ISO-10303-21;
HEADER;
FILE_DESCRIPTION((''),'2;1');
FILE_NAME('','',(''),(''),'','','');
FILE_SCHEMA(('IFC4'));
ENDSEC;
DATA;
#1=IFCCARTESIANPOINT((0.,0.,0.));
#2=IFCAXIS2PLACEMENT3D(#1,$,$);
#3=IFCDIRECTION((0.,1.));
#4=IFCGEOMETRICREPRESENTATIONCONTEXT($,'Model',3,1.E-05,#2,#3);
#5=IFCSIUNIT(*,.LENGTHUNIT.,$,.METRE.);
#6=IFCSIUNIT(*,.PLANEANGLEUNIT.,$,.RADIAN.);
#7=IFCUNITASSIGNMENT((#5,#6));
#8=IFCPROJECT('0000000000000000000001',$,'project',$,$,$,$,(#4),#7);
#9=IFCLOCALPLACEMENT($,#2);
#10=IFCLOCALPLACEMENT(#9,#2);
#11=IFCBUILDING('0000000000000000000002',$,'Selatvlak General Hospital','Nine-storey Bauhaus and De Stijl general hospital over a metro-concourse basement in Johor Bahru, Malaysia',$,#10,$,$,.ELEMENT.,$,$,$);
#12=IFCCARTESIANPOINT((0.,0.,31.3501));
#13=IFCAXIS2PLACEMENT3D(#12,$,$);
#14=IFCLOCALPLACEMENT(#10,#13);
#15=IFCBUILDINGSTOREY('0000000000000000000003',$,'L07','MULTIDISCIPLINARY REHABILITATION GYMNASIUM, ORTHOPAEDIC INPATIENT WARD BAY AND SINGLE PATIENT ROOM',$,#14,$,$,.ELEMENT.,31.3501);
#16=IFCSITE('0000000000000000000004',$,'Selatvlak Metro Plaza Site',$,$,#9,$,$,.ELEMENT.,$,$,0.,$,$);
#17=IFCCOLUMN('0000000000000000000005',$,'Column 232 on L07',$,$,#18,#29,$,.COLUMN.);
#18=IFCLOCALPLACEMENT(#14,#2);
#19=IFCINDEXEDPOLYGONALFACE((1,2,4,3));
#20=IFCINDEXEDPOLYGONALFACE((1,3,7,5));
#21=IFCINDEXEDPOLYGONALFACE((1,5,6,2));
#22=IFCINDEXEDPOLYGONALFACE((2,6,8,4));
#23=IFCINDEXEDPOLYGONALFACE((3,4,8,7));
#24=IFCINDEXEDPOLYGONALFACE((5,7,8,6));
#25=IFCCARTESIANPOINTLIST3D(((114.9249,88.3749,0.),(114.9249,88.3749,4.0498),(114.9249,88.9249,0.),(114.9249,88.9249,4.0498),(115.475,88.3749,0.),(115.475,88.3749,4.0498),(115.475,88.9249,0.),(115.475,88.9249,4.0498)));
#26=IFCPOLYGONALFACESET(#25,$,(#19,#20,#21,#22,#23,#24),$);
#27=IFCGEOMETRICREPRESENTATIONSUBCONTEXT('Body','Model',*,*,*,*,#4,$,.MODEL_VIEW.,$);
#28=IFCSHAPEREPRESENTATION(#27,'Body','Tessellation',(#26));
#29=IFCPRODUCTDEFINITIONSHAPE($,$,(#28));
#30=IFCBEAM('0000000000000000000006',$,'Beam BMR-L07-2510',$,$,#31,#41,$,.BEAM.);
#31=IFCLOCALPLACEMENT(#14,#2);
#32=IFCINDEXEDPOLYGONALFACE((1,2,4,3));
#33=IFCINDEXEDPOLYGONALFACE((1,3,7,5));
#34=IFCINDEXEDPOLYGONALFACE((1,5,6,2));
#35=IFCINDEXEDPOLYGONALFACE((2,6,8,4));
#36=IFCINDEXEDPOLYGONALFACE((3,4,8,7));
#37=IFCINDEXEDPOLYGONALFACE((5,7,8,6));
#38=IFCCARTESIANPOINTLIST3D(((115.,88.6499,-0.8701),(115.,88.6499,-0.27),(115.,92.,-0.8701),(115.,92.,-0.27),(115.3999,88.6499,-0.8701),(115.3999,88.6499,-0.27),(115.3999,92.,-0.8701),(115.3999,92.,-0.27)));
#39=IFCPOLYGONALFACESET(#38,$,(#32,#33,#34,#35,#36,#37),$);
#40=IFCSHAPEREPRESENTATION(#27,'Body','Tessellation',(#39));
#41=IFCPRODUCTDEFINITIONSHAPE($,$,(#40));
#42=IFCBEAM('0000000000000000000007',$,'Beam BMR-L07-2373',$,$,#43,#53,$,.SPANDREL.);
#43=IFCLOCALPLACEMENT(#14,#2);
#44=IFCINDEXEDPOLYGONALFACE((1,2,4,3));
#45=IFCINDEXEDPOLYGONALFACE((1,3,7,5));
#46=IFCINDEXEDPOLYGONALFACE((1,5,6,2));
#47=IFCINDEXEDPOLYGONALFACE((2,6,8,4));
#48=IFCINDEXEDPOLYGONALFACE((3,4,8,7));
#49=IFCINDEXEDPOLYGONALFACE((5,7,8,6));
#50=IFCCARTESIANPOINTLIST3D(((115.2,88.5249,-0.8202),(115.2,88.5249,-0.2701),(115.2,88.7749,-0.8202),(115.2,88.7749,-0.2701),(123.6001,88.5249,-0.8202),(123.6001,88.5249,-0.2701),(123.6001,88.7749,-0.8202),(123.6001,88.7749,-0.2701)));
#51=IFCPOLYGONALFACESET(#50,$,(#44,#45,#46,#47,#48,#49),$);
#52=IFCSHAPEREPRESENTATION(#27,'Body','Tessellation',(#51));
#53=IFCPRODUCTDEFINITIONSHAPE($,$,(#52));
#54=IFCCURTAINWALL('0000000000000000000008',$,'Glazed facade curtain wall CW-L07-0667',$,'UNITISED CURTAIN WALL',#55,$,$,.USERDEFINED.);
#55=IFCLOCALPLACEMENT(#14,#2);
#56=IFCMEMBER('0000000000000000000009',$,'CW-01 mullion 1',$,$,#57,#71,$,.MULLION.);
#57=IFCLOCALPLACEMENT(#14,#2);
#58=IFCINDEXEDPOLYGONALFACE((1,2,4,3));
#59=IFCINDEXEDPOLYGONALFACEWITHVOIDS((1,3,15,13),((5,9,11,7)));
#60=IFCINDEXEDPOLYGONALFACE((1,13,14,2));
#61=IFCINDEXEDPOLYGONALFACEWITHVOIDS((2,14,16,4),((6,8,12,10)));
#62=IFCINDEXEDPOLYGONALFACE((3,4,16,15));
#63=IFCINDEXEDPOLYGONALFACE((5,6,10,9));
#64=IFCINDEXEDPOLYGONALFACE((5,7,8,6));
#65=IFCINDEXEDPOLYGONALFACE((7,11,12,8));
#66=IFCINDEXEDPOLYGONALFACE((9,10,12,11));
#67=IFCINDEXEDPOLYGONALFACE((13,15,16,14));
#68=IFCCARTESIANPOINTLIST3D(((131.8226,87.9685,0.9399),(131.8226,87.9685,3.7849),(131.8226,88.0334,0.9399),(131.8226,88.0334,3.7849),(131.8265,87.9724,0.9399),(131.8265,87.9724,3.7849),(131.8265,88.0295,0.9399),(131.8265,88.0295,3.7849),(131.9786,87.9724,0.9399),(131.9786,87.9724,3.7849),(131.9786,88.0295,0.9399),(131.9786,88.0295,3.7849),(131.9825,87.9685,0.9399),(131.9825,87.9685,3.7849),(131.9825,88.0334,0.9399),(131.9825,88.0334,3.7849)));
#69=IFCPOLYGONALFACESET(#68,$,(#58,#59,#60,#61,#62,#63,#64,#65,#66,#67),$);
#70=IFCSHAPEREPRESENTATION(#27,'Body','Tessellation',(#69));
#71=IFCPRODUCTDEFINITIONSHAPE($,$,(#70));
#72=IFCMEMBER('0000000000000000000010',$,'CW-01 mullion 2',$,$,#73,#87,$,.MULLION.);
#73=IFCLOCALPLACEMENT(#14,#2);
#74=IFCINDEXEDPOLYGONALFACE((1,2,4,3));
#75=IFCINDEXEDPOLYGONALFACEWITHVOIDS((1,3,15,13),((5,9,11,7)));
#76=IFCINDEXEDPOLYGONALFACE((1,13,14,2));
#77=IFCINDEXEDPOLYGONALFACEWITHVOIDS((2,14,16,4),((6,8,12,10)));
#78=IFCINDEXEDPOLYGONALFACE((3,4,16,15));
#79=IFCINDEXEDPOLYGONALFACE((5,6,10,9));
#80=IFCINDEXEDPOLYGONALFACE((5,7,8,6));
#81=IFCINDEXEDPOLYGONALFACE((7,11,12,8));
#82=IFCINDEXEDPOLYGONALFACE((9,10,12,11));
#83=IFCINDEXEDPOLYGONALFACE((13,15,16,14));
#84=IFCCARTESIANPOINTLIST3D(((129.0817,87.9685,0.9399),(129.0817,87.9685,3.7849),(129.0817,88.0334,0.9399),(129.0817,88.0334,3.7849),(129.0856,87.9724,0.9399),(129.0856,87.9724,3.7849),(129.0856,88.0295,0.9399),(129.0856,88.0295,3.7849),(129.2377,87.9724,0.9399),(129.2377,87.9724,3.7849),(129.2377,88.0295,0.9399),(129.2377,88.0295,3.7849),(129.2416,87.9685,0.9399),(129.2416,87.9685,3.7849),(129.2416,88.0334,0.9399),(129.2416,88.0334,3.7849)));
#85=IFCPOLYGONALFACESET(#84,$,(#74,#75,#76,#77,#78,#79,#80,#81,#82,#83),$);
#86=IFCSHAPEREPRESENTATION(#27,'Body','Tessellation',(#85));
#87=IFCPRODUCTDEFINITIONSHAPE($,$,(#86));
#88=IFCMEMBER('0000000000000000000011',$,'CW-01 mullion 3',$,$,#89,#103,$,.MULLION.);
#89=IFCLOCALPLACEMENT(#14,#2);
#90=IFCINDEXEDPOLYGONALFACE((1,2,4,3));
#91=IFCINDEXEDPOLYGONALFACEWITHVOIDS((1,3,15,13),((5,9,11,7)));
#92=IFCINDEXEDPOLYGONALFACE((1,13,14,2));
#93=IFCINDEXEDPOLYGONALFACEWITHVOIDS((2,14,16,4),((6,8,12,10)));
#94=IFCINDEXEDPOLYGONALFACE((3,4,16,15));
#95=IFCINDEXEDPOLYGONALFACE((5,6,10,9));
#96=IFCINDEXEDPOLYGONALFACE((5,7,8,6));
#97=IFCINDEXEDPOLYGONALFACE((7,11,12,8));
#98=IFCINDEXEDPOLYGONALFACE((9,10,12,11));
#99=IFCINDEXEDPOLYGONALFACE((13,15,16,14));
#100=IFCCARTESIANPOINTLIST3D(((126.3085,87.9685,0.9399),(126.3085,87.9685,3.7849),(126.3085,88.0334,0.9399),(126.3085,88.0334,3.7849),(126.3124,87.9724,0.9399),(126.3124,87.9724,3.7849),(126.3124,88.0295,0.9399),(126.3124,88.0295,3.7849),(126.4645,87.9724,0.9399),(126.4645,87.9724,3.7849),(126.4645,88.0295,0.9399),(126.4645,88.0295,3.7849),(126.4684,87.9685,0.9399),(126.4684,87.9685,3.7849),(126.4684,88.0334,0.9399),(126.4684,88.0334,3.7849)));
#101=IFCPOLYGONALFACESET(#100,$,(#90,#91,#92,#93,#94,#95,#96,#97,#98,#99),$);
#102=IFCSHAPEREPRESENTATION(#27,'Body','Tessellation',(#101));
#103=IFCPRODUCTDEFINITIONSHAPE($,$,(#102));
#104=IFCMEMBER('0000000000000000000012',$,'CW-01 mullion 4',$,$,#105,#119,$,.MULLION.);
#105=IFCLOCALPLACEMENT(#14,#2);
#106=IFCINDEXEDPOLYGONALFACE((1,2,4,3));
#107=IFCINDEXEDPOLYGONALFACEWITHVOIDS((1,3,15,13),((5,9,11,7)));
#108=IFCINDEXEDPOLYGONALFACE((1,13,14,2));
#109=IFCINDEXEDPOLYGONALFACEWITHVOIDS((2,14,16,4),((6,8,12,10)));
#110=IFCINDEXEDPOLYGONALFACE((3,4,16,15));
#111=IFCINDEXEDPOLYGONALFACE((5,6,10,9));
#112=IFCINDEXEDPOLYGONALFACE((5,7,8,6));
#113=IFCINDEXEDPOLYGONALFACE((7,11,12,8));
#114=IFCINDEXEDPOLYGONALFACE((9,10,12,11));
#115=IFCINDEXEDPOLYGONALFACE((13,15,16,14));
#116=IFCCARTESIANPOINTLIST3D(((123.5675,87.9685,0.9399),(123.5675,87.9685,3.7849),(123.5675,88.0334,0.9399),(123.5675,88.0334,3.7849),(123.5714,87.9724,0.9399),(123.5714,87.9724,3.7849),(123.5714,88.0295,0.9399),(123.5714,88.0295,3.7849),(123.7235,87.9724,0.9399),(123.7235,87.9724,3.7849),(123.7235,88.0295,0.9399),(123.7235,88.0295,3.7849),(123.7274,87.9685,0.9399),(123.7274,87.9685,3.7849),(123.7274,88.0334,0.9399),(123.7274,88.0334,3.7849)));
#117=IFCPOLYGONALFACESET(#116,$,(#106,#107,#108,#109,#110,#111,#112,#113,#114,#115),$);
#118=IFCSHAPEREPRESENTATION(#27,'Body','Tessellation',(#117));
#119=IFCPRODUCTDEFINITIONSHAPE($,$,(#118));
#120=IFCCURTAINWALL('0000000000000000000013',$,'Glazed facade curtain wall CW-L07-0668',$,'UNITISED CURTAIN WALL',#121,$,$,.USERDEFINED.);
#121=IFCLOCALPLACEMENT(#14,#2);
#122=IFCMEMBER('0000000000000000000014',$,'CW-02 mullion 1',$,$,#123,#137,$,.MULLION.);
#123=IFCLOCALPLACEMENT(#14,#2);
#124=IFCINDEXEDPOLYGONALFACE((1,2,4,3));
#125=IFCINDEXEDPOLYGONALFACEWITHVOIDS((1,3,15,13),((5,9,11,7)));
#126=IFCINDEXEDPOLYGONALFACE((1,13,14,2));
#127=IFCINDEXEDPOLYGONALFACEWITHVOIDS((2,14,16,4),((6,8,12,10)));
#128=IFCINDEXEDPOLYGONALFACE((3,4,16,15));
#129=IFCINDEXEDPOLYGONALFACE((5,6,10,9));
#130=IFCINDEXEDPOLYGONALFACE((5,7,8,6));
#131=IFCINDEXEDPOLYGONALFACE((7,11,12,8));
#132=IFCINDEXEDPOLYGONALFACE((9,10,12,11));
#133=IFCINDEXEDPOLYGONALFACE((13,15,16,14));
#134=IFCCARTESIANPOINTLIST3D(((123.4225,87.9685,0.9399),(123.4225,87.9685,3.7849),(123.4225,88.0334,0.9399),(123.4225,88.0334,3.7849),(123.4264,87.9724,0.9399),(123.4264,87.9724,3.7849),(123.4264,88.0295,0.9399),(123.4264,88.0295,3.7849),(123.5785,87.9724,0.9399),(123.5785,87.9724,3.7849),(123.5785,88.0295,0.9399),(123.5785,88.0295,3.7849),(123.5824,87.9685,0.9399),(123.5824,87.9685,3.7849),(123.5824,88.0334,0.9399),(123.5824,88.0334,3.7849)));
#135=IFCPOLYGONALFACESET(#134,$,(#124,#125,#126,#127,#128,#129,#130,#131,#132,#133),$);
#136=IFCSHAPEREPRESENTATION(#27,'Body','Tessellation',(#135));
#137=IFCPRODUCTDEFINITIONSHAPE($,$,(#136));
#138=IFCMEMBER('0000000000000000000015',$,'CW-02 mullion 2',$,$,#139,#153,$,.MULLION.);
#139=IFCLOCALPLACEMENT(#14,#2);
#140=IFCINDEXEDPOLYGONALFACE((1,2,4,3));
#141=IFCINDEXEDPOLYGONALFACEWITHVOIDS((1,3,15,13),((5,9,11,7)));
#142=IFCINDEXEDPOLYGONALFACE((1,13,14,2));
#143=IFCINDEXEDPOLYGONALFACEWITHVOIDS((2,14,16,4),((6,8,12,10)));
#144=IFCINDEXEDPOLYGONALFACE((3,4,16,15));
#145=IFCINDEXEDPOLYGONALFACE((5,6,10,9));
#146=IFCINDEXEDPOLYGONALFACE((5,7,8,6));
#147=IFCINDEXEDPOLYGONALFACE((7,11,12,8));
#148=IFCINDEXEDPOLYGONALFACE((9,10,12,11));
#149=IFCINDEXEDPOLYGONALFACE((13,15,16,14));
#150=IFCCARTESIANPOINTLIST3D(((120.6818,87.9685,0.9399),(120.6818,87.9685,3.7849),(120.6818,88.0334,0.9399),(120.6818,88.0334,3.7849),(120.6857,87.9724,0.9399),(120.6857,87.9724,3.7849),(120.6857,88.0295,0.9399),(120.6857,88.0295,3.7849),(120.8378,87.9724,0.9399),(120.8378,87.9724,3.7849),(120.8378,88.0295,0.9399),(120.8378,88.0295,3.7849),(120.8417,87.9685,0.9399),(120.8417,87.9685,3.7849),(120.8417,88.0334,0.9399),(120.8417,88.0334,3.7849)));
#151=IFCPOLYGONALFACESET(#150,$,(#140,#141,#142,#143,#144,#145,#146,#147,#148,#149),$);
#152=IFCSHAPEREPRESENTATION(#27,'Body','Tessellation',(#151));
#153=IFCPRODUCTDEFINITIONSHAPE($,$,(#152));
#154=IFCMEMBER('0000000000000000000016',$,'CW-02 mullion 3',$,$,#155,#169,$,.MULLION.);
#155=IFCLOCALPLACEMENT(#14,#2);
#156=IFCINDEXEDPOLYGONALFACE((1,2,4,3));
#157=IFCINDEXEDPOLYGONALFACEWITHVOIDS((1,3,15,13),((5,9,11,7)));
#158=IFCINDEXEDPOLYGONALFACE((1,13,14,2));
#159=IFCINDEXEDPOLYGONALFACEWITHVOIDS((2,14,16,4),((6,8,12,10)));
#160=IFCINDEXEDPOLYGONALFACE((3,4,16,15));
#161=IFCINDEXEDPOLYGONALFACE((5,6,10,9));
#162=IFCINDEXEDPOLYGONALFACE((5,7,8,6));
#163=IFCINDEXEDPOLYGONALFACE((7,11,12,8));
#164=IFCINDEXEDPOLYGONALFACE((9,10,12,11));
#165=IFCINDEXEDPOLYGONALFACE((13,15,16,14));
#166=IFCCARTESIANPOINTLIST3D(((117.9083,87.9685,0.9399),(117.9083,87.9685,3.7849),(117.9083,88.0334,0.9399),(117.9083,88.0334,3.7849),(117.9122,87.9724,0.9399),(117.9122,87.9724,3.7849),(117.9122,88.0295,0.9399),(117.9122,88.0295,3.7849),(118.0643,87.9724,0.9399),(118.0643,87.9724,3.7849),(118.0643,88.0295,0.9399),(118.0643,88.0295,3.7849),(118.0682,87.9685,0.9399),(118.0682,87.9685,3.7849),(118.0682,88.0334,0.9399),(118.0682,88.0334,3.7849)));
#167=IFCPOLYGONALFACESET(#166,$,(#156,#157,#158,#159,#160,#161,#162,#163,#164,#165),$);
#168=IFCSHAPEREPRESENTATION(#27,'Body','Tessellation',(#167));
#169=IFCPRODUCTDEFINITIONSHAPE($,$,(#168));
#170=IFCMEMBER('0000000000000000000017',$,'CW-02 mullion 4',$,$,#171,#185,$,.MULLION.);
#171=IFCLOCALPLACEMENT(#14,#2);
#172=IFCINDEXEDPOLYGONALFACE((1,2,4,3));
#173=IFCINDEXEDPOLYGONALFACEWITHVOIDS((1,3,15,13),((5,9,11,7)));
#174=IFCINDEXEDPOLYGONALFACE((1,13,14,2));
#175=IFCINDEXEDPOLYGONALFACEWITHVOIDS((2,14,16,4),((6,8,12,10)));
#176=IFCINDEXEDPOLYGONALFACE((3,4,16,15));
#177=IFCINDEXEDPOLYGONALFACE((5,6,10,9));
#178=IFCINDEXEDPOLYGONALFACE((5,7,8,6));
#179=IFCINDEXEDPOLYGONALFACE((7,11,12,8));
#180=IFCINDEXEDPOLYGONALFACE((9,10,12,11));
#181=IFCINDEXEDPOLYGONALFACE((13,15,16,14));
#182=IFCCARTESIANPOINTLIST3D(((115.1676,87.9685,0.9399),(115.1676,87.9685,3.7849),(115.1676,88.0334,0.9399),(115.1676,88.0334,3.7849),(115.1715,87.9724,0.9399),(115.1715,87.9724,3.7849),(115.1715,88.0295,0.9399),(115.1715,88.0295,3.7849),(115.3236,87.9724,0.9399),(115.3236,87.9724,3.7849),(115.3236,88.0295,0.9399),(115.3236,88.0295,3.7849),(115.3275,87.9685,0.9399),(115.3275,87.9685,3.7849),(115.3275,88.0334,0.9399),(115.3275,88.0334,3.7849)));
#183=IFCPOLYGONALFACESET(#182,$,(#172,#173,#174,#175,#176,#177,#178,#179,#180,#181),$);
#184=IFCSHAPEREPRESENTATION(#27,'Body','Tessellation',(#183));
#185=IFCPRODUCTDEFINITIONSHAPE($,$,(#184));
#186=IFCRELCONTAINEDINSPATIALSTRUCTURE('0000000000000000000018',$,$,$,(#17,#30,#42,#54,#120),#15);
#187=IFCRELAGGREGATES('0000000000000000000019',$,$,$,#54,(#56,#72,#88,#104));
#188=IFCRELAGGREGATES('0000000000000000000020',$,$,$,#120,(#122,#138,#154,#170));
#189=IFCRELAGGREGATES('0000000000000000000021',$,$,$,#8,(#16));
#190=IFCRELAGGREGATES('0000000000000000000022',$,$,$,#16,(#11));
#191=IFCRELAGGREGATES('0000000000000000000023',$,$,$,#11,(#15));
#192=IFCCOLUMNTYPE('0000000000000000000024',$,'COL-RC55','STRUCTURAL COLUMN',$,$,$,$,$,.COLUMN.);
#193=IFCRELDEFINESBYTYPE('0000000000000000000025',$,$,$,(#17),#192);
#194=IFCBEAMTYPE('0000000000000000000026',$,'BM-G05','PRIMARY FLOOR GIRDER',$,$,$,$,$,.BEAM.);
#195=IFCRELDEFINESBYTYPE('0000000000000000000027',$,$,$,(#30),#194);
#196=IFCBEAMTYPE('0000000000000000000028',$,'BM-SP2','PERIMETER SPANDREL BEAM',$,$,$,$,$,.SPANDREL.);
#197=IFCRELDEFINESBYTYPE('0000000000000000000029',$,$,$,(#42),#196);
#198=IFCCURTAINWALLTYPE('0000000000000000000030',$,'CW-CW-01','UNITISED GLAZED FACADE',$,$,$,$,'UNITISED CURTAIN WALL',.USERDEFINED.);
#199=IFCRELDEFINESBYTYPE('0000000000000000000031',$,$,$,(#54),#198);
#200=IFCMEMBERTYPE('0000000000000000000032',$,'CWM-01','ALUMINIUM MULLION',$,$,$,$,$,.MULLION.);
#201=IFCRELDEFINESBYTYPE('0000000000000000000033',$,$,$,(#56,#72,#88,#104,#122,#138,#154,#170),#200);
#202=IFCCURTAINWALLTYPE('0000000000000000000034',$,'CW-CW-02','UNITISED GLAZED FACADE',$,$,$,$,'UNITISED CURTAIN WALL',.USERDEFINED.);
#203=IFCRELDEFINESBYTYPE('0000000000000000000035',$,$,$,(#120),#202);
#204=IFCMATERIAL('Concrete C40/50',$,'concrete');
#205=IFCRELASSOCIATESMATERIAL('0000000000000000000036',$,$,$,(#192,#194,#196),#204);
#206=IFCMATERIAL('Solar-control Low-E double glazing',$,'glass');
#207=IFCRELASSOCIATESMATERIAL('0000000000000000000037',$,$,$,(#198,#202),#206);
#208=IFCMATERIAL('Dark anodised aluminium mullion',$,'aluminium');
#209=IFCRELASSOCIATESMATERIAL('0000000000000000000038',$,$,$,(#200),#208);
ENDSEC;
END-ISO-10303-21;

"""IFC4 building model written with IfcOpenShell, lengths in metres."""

from ifc_helpers import new_model, si_unit, direction, frame, origin, origin_2d, place, context, subcontext, project, spatial, rectangle, hollow_rectangle, extrude, material, material_profile, profile_set, type_object, element, aggregate, save


model = new_model("IFC4")

# Units and contexts
model_context = context("Model", 3, precision=1e-05, world=origin(), true_north=direction((0.0, 1.0)))
body_context = subcontext(model_context, "Body", "Model", "MODEL_VIEW")
ifc_project = project(units=[si_unit("LENGTHUNIT", "METRE"), si_unit("PLANEANGLEUNIT", "RADIAN")], contexts=[model_context])

# Site, building, storey
site_placement = place(None, origin())
site = spatial("IfcSite", under=ifc_project, at=site_placement, Name="Selatvlak Metro Plaza Site", CompositionType="ELEMENT", RefElevation=0.0)
building_placement = place(site_placement, origin())
building = spatial("IfcBuilding", under=site, at=building_placement, Name="Selatvlak General Hospital", Description="Nine-storey Bauhaus and De Stijl general hospital over a metro-concourse basement in Johor Bahru, Malaysia", CompositionType="ELEMENT")
storey_placement = place(building_placement, frame((0.0, 0.0, 31.3501)))
storey = spatial("IfcBuildingStorey", under=building, at=storey_placement, Name="L07", Description="MULTIDISCIPLINARY REHABILITATION GYMNASIUM, ORTHOPAEDIC INPATIENT WARD BAY AND SINGLE PATIENT ROOM", CompositionType="ELEMENT", Elevation=31.3501)

# Column
ifc_material_1 = material(Name="Concrete C40/50", Category="concrete")
ifc_material_profile_1 = material_profile(ifc_material_1, rectangle(XDim=0.55, YDim=0.55, at=origin_2d()), Name="RC-COL 550x550")
ifc_profile_set_1 = profile_set([ifc_material_profile_1], Name="Concrete C40/50")
column_type = type_object("IfcColumnType", Name="COL-RC55", Description="STRUCTURAL COLUMN", PredefinedType="COLUMN", material=ifc_profile_set_1)
column_placement = place(storey_placement, frame((115.2, 88.6499, 0.0), z_axis=(0.0, 0.0, 1.0), x_axis=(1.0, 0.0, 0.0)))
element("IfcColumn", 1, at=column_placement, inside=storey, type_object=column_type, Name="Column 232 on L07", PredefinedType="COLUMN", context=body_context, shape_type="SweptSolid", body=[
    extrude(rectangle(XDim=0.55, YDim=0.55, at=origin_2d()), origin(), (0.0, 0.0, 1.0), 4.0498),
])

# Beams
ifc_material_profile_2 = material_profile(ifc_material_1, rectangle(XDim=0.3999, YDim=0.6001, at=origin_2d()), Name="RC-BM 400x600")
ifc_profile_set_2 = profile_set([ifc_material_profile_2], Name="Concrete C40/50")
beam_type_1 = type_object("IfcBeamType", Name="BM-G05", Description="PRIMARY FLOOR GIRDER", PredefinedType="BEAM", material=ifc_profile_set_2)
beam_1_placement = place(storey_placement, frame((115.2, 88.6499, -0.5701), z_axis=(0.0, 1.0, 0.0), x_axis=(-1.0, 0.0, 0.0)))
element("IfcBeam", 2, at=beam_1_placement, inside=storey, type_object=beam_type_1, Name="Beam BMR-L07-2510", PredefinedType="BEAM", context=body_context, shape_type="SweptSolid", body=[
    extrude(rectangle(XDim=0.3999, YDim=0.6001, at=origin_2d()), origin(), (0.0, 0.0, 1.0), 3.3501),
])
ifc_material_profile_3 = material_profile(ifc_material_1, rectangle(XDim=0.25, YDim=0.55, at=origin_2d()), Name="RC-SP 250x550")
ifc_profile_set_3 = profile_set([ifc_material_profile_3], Name="Concrete C40/50")
beam_type_2 = type_object("IfcBeamType", Name="BM-SP2", Description="PERIMETER SPANDREL BEAM", PredefinedType="SPANDREL", material=ifc_profile_set_3)
beam_2_placement = place(storey_placement, frame((115.2, 88.6499, -0.5452), z_axis=(1.0, 0.0, 0.0), x_axis=(0.0, 1.0, 0.0)))
element("IfcBeam", 3, at=beam_2_placement, inside=storey, type_object=beam_type_2, Name="Beam BMR-L07-2373", PredefinedType="SPANDREL", context=body_context, shape_type="SweptSolid", body=[
    extrude(rectangle(XDim=0.25, YDim=0.55, at=origin_2d()), origin(), (0.0, 0.0, 1.0), 8.4001),
])

# Curtain walls, members
ifc_material_2 = material(Name="Solar-control Low-E double glazing", Category="glass")
curtain_wall_type_1 = type_object("IfcCurtainWallType", Name="CW-CW-01", Description="UNITISED GLAZED FACADE", ElementType="UNITISED CURTAIN WALL", PredefinedType="USERDEFINED", material=ifc_material_2)
curtain_wall_1_placement = place(storey_placement, origin())
curtain_wall_1 = element("IfcCurtainWall", 4, at=curtain_wall_1_placement, inside=storey, type_object=curtain_wall_type_1, Name="Glazed facade curtain wall CW-L07-0667", ObjectType="UNITISED CURTAIN WALL", PredefinedType="USERDEFINED")
ifc_material_3 = material(Name="Dark anodised aluminium mullion", Category="aluminium")
ifc_material_profile_4 = material_profile(ifc_material_3, hollow_rectangle(XDim=0.0649, YDim=0.1599, WallThickness=0.0039, at=origin_2d()), Name="AL-MUL 65x160x4")
ifc_profile_set_4 = profile_set([ifc_material_profile_4], Name="Dark anodised aluminium mullion")
member_type_1 = type_object("IfcMemberType", Name="CWM-01", Description="ALUMINIUM MULLION", PredefinedType="MULLION", material=ifc_profile_set_4)
member_1_placement = place(storey_placement, frame((131.9026, 88.001, 0.9399), z_axis=(0.0, 0.0, 1.0), x_axis=(0.0, -1.0, 0.0)))
member_1 = element("IfcMember", 5, at=member_1_placement, type_object=member_type_1, Name="CW-01 mullion 1", PredefinedType="MULLION", context=body_context, shape_type="SweptSolid", body=[
    extrude(hollow_rectangle(XDim=0.0649, YDim=0.1599, WallThickness=0.0039, at=origin_2d()), origin(), (0.0, 0.0, 1.0), 2.845),
])
member_2_placement = place(storey_placement, frame((129.1616, 88.001, 0.9399), z_axis=(0.0, 0.0, 1.0), x_axis=(0.0, -1.0, 0.0)))
member_2 = element("IfcMember", 6, at=member_2_placement, type_object=member_type_1, Name="CW-01 mullion 2", PredefinedType="MULLION", context=body_context, shape_type="SweptSolid", body=[
    extrude(hollow_rectangle(XDim=0.0649, YDim=0.1599, WallThickness=0.0039, at=origin_2d()), origin(), (0.0, 0.0, 1.0), 2.845),
])
member_3_placement = place(storey_placement, frame((126.3884, 88.001, 0.9399), z_axis=(0.0, 0.0, 1.0), x_axis=(0.0, -1.0, 0.0)))
member_3 = element("IfcMember", 7, at=member_3_placement, type_object=member_type_1, Name="CW-01 mullion 3", PredefinedType="MULLION", context=body_context, shape_type="SweptSolid", body=[
    extrude(hollow_rectangle(XDim=0.0649, YDim=0.1599, WallThickness=0.0039, at=origin_2d()), origin(), (0.0, 0.0, 1.0), 2.845),
])
member_4_placement = place(storey_placement, frame((123.6475, 88.001, 0.9399), z_axis=(0.0, 0.0, 1.0), x_axis=(0.0, -1.0, 0.0)))
member_4 = element("IfcMember", 8, at=member_4_placement, type_object=member_type_1, Name="CW-01 mullion 4", PredefinedType="MULLION", context=body_context, shape_type="SweptSolid", body=[
    extrude(hollow_rectangle(XDim=0.0649, YDim=0.1599, WallThickness=0.0039, at=origin_2d()), origin(), (0.0, 0.0, 1.0), 2.845),
])
curtain_wall_type_2 = type_object("IfcCurtainWallType", Name="CW-CW-02", Description="UNITISED GLAZED FACADE", ElementType="UNITISED CURTAIN WALL", PredefinedType="USERDEFINED", material=ifc_material_2)
curtain_wall_2_placement = place(storey_placement, origin())
curtain_wall_2 = element("IfcCurtainWall", 9, at=curtain_wall_2_placement, inside=storey, type_object=curtain_wall_type_2, Name="Glazed facade curtain wall CW-L07-0668", ObjectType="UNITISED CURTAIN WALL", PredefinedType="USERDEFINED")
member_5_placement = place(storey_placement, frame((123.5024, 88.001, 0.9399), z_axis=(0.0, 0.0, 1.0), x_axis=(0.0, -1.0, 0.0)))
member_5 = element("IfcMember", 10, at=member_5_placement, type_object=member_type_1, Name="CW-02 mullion 1", PredefinedType="MULLION", context=body_context, shape_type="SweptSolid", body=[
    extrude(hollow_rectangle(XDim=0.0649, YDim=0.1599, WallThickness=0.0039, at=origin_2d()), origin(), (0.0, 0.0, 1.0), 2.845),
])
member_6_placement = place(storey_placement, frame((120.7617, 88.001, 0.9399), z_axis=(0.0, 0.0, 1.0), x_axis=(0.0, -1.0, 0.0)))
member_6 = element("IfcMember", 11, at=member_6_placement, type_object=member_type_1, Name="CW-02 mullion 2", PredefinedType="MULLION", context=body_context, shape_type="SweptSolid", body=[
    extrude(hollow_rectangle(XDim=0.0649, YDim=0.1599, WallThickness=0.0039, at=origin_2d()), origin(), (0.0, 0.0, 1.0), 2.845),
])
member_7_placement = place(storey_placement, frame((117.9883, 88.001, 0.9399), z_axis=(0.0, 0.0, 1.0), x_axis=(0.0, -1.0, 0.0)))
member_7 = element("IfcMember", 12, at=member_7_placement, type_object=member_type_1, Name="CW-02 mullion 3", PredefinedType="MULLION", context=body_context, shape_type="SweptSolid", body=[
    extrude(hollow_rectangle(XDim=0.0649, YDim=0.1599, WallThickness=0.0039, at=origin_2d()), origin(), (0.0, 0.0, 1.0), 2.845),
])
member_8_placement = place(storey_placement, frame((115.2476, 88.001, 0.9399), z_axis=(0.0, 0.0, 1.0), x_axis=(0.0, -1.0, 0.0)))
member_8 = element("IfcMember", 13, at=member_8_placement, type_object=member_type_1, Name="CW-02 mullion 4", PredefinedType="MULLION", context=body_context, shape_type="SweptSolid", body=[
    extrude(hollow_rectangle(XDim=0.0649, YDim=0.1599, WallThickness=0.0039, at=origin_2d()), origin(), (0.0, 0.0, 1.0), 2.845),
])

aggregate(curtain_wall_1, [member_1, member_2, member_3, member_4])
aggregate(curtain_wall_2, [member_5, member_6, member_7, member_8])

save(model, "model.ifc")
